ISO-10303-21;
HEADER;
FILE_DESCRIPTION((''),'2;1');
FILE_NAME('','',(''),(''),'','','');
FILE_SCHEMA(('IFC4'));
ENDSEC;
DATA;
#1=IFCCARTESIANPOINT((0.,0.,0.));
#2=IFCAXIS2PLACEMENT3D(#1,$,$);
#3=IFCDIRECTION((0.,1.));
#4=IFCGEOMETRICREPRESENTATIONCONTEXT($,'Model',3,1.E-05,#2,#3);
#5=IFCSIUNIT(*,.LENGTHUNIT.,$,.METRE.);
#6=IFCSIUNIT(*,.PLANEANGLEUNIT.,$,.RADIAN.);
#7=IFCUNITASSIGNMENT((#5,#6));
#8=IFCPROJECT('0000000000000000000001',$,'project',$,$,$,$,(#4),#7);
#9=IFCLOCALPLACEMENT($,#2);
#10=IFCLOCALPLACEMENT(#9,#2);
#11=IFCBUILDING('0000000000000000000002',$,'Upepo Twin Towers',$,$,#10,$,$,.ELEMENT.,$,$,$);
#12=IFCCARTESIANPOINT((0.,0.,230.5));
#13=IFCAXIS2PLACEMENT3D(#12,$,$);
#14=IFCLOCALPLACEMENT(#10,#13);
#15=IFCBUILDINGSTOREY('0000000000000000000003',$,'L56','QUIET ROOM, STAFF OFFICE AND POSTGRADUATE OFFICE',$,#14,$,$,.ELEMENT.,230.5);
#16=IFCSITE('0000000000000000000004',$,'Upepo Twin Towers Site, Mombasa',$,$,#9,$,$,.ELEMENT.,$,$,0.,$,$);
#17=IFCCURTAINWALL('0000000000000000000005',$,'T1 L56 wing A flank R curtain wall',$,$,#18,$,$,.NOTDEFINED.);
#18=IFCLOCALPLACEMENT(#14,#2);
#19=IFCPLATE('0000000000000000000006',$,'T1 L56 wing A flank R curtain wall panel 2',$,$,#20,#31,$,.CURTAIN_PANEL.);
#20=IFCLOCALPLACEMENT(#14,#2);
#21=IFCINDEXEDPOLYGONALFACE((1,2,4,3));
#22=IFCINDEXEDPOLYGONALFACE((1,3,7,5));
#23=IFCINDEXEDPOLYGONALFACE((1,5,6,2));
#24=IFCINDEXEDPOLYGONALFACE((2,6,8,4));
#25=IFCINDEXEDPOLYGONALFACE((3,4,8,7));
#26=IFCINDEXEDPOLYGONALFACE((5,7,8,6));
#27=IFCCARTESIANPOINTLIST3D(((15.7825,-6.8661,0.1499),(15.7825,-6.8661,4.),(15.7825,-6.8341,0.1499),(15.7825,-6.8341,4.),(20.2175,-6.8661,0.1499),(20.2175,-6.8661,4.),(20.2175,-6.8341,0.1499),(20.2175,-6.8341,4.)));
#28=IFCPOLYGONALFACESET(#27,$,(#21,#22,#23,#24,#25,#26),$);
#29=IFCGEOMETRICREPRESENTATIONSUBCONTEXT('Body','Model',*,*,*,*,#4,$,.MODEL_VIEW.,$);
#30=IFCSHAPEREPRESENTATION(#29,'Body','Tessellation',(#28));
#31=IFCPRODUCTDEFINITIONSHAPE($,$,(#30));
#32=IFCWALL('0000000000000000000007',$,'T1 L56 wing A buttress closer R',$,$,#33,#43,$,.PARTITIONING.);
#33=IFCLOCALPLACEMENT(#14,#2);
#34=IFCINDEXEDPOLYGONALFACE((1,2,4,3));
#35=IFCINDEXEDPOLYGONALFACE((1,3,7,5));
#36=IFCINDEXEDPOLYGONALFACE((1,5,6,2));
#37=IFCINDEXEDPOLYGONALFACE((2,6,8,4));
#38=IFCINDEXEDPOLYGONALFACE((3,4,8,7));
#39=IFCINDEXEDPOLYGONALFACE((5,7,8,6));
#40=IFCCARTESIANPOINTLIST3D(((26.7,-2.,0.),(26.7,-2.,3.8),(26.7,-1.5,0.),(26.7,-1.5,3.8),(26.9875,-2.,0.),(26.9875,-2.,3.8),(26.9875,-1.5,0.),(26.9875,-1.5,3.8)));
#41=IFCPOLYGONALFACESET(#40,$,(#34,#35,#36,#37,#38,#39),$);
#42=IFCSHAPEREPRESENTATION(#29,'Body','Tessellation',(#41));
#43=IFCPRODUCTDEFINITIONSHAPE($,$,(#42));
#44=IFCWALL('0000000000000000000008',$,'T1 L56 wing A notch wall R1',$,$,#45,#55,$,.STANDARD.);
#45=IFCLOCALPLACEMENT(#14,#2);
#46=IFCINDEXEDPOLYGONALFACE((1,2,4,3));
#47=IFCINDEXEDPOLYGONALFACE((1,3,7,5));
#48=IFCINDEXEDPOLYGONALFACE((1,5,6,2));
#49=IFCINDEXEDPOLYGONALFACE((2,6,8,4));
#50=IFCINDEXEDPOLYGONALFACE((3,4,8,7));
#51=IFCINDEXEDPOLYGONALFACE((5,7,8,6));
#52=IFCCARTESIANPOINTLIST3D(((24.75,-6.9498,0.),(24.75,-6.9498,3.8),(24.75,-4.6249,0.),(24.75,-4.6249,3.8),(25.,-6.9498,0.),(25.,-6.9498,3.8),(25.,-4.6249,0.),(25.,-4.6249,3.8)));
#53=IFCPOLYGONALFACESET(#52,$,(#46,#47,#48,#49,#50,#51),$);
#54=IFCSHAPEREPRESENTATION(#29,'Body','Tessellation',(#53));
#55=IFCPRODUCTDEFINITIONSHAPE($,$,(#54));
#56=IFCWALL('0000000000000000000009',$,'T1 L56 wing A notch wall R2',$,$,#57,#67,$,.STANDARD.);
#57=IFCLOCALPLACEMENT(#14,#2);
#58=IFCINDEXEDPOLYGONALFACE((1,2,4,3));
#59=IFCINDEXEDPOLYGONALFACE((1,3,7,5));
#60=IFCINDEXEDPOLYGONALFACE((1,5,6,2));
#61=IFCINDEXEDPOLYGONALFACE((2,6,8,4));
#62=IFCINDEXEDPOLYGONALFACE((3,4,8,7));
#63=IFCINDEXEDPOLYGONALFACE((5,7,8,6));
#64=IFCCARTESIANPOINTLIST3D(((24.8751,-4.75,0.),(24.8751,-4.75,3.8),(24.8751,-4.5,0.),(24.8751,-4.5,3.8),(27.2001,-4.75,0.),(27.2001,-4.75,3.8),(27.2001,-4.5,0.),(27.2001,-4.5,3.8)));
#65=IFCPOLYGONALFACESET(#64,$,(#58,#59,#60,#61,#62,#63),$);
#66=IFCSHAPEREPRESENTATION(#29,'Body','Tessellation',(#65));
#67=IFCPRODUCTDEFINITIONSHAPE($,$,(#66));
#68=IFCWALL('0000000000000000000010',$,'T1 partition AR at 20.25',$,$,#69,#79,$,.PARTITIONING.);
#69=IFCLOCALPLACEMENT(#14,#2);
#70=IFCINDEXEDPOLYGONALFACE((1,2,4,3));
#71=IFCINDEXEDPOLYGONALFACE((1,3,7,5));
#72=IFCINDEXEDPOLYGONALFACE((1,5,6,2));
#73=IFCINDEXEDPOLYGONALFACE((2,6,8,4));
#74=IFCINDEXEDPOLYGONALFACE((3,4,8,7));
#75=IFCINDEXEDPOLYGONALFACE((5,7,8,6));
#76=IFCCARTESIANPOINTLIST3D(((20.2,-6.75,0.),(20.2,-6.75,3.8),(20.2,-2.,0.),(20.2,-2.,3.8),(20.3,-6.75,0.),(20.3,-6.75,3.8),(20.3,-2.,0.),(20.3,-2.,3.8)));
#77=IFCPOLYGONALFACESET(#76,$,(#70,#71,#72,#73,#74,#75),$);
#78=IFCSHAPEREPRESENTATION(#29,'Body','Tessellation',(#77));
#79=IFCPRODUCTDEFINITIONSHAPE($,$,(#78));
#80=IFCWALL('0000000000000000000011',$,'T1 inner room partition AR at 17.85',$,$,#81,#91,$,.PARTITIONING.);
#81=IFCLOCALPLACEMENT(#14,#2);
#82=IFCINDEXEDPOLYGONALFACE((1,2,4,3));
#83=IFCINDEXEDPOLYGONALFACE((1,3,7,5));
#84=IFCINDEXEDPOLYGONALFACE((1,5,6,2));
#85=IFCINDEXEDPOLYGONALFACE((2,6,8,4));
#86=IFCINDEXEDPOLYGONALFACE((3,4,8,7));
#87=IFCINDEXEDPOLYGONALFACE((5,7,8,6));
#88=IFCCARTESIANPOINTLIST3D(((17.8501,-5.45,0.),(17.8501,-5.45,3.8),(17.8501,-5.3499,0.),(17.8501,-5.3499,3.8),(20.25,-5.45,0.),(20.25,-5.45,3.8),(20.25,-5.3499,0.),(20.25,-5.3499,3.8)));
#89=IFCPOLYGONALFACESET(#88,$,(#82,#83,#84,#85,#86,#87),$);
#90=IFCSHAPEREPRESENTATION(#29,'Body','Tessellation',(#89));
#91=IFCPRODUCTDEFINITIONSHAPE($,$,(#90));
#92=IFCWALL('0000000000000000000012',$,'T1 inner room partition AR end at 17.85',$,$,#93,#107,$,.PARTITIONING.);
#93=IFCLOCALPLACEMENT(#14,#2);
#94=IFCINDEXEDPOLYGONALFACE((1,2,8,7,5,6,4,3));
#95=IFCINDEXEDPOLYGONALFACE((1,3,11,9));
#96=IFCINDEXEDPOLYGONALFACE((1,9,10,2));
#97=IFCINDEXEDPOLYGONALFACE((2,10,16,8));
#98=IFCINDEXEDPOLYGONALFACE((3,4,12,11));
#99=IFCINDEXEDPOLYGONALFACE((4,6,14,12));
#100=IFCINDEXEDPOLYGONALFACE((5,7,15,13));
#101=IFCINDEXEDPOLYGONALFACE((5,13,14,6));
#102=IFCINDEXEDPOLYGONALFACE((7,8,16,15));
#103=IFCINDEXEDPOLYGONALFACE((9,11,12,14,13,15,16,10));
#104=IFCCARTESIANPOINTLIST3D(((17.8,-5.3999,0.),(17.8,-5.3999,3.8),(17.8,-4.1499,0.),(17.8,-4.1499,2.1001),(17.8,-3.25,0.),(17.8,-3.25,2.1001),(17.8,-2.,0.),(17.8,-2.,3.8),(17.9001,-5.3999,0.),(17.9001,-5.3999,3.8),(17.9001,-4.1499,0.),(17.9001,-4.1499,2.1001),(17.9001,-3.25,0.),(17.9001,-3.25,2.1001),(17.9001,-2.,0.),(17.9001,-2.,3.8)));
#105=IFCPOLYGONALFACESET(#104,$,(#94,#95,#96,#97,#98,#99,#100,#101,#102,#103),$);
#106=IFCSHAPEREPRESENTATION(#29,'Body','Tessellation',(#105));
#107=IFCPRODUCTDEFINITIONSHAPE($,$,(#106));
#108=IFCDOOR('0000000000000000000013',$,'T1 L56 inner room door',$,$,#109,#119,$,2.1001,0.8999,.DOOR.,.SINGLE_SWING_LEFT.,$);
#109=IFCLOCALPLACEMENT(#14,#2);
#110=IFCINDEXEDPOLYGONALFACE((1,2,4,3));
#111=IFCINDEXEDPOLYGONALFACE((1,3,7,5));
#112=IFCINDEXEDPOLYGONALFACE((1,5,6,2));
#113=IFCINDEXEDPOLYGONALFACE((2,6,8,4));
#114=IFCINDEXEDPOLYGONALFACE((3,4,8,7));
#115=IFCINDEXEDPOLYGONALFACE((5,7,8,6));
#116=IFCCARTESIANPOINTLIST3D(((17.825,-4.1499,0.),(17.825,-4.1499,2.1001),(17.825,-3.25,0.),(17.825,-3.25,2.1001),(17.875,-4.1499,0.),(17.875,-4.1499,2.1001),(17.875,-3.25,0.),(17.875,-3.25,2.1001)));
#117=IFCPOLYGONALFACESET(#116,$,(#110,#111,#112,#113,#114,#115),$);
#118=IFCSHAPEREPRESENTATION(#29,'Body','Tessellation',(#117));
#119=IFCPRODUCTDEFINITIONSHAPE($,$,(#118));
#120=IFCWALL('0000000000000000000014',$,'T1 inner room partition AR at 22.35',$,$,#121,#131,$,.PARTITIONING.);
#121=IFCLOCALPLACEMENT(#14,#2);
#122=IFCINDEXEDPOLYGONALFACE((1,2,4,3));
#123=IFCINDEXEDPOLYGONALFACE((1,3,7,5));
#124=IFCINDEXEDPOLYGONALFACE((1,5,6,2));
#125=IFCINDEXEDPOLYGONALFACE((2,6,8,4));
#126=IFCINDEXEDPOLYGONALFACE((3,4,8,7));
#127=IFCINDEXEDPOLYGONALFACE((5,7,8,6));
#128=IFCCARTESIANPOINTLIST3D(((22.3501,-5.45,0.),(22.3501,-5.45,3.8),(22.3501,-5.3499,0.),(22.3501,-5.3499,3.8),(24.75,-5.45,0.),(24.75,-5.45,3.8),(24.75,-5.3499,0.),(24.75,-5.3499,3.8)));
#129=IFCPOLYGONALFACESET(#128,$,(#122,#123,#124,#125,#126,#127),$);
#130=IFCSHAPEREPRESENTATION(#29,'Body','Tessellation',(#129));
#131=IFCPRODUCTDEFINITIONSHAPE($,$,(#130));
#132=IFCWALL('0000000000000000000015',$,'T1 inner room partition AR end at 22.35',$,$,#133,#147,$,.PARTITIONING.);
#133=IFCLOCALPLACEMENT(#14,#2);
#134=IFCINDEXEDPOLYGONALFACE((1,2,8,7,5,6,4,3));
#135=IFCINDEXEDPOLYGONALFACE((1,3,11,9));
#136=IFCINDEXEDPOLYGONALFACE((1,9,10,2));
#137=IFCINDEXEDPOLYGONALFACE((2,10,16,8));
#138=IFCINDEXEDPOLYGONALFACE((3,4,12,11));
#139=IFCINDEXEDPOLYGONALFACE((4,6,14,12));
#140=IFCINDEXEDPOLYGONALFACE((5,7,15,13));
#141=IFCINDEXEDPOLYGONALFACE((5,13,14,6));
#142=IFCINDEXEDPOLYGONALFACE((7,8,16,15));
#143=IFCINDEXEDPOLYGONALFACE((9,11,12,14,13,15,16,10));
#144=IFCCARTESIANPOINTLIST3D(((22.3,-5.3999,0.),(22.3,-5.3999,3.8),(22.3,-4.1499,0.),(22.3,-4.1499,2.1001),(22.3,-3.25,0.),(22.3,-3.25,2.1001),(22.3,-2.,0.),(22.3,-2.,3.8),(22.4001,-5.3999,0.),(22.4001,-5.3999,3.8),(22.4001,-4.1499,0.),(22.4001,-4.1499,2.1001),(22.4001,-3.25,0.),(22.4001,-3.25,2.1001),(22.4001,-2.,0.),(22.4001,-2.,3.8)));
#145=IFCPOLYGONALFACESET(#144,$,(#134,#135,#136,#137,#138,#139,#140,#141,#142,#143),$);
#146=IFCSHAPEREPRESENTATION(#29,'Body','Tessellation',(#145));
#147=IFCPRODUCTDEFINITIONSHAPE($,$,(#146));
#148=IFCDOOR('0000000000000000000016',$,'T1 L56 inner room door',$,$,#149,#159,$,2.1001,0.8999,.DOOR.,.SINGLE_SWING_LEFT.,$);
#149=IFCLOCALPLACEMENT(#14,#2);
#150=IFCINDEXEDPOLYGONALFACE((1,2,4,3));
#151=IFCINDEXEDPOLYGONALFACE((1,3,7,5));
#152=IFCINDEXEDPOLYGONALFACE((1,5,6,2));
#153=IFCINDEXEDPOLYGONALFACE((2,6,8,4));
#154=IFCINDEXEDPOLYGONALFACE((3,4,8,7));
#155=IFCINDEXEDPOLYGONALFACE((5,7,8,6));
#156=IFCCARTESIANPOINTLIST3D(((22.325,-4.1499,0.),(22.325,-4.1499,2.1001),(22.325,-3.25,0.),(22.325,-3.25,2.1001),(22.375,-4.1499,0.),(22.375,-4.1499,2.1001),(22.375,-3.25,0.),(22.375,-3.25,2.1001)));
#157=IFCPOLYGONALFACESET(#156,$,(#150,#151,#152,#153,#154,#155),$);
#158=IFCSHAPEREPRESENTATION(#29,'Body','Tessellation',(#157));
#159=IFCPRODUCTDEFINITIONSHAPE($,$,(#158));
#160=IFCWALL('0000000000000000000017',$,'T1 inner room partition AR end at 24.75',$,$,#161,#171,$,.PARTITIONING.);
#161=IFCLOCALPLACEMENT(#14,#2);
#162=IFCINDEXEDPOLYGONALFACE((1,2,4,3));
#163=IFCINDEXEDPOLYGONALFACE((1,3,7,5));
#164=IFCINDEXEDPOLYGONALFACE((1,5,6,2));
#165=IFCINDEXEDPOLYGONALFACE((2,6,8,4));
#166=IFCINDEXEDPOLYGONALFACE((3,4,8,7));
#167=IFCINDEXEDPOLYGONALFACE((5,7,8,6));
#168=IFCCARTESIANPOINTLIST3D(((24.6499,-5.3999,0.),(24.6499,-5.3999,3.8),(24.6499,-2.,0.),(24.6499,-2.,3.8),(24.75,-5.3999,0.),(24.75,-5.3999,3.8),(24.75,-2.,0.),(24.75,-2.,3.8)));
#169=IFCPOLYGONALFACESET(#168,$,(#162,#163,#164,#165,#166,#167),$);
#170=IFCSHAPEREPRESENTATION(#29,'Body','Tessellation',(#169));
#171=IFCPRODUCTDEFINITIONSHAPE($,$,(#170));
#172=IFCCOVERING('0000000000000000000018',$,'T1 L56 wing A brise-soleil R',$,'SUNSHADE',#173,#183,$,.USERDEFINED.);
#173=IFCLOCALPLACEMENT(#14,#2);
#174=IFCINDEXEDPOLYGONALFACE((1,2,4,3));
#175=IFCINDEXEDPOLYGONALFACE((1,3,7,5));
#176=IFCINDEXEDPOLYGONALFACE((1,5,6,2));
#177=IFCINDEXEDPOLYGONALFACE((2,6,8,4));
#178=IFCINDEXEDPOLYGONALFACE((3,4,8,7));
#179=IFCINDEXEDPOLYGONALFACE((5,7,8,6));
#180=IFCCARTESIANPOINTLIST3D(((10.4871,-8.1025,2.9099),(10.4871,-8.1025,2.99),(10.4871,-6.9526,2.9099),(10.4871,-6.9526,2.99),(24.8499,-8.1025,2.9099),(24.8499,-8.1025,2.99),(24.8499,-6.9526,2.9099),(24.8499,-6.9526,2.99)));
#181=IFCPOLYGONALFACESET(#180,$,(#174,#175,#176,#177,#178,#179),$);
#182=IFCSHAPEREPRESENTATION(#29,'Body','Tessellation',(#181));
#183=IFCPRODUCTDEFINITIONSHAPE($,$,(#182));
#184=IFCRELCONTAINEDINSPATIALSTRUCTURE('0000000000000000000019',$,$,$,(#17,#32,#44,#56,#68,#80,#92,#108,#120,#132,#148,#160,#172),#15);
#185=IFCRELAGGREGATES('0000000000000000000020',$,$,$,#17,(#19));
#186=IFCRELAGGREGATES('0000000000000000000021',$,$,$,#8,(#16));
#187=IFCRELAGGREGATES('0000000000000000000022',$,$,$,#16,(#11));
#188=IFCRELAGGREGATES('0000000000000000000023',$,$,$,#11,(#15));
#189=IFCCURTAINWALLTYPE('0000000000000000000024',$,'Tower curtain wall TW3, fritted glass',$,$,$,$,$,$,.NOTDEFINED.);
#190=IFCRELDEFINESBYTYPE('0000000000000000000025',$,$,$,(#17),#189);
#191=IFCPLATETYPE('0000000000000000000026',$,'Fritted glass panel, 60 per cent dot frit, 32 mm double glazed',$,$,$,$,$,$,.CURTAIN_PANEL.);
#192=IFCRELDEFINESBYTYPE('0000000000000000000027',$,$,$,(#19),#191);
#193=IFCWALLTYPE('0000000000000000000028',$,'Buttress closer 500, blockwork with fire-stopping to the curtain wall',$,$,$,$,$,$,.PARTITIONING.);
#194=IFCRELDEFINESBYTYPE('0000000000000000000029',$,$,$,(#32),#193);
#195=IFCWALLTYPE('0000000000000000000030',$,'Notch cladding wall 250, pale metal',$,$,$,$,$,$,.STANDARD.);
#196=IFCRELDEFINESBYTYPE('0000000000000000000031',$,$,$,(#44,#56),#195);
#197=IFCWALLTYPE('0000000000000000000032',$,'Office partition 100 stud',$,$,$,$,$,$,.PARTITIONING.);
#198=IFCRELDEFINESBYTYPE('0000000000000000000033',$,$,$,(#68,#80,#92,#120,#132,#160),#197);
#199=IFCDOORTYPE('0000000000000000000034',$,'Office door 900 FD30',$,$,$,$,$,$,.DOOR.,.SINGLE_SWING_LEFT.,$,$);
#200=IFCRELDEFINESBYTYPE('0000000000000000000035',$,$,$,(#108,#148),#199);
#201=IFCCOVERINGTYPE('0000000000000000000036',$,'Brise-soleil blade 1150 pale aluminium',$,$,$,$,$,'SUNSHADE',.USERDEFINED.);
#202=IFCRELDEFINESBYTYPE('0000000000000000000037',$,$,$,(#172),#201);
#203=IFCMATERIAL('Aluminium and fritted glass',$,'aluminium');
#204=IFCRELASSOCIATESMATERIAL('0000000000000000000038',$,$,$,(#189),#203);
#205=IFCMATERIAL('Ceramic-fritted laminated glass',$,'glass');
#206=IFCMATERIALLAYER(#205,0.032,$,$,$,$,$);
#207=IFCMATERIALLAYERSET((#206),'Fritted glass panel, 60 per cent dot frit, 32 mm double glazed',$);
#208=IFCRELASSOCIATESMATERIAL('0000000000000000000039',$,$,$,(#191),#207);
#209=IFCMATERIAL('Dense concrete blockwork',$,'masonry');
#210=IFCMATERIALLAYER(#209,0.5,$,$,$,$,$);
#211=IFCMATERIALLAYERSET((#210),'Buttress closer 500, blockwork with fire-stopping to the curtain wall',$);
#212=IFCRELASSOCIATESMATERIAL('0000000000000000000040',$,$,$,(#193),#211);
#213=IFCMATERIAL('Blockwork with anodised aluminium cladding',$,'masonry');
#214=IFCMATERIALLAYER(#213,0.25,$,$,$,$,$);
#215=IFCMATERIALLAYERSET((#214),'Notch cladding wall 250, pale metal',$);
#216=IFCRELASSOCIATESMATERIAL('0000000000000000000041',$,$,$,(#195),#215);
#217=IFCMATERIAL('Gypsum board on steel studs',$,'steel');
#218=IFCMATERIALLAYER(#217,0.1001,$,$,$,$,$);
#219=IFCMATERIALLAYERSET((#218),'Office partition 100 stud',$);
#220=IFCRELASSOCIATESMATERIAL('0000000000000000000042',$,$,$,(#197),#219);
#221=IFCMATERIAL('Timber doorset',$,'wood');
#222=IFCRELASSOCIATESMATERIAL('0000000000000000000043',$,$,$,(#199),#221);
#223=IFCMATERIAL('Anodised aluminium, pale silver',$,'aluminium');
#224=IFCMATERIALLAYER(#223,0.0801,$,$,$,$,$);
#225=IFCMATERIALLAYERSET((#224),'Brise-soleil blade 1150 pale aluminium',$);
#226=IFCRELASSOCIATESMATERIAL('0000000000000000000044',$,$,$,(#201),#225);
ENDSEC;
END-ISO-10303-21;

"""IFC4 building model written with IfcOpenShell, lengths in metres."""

from ifc_helpers import new_model, si_unit, direction, frame, frame_2d, origin, origin_2d, place, context, subcontext, project, spatial, rectangle, extrude, material, layer, layer_set, type_object, element, fill, aggregate, save


model = new_model("IFC4")

# Units and contexts
model_context = context("Model", 3, precision=1e-05, world=origin(), true_north=direction((0.0, 1.0)))
body_context = subcontext(model_context, "Body", "Model", "MODEL_VIEW")
ifc_project = project(units=[si_unit("LENGTHUNIT", "METRE"), si_unit("PLANEANGLEUNIT", "RADIAN")], contexts=[model_context])

# Site, building, storey
site_placement = place(None, origin())
site = spatial("IfcSite", under=ifc_project, at=site_placement, Name="Upepo Twin Towers Site, Mombasa", CompositionType="ELEMENT", RefElevation=0.0)
building_placement = place(site_placement, origin())
building = spatial("IfcBuilding", under=site, at=building_placement, Name="Upepo Twin Towers", CompositionType="ELEMENT")
storey_placement = place(building_placement, frame((0.0, 0.0, 230.5)))
storey = spatial("IfcBuildingStorey", under=building, at=storey_placement, Name="L56", Description="QUIET ROOM, STAFF OFFICE AND POSTGRADUATE OFFICE", CompositionType="ELEMENT", Elevation=230.5)

# Curtain wall
ifc_material_1 = material(Name="Aluminium and fritted glass", Category="aluminium")
curtain_wall_type = type_object("IfcCurtainWallType", Name="Tower curtain wall TW3, fritted glass", PredefinedType="NOTDEFINED", material=ifc_material_1)
curtain_wall_1_placement = place(storey_placement, origin())
curtain_wall_1 = element("IfcCurtainWall", 1, at=curtain_wall_1_placement, inside=storey, type_object=curtain_wall_type, Name="T1 L56 wing A flank R curtain wall", PredefinedType="NOTDEFINED")

# Plate
ifc_material_2 = material(Name="Ceramic-fritted laminated glass", Category="glass")
ifc_layer_1 = layer(ifc_material_2, 0.032)
ifc_layer_set_1 = layer_set([ifc_layer_1], Name="Fritted glass panel, 60 per cent dot frit, 32 mm double glazed")
plate_type = type_object("IfcPlateType", Name="Fritted glass panel, 60 per cent dot frit, 32 mm double glazed", PredefinedType="CURTAIN_PANEL", material=ifc_layer_set_1)
plate_1_placement = place(storey_placement, frame((18.0, -6.8501, 0.1499), z_axis=(0.0, 0.0, 1.0), x_axis=(-1.0, 0.0, 0.0)))
plate_1 = element("IfcPlate", 2, at=plate_1_placement, type_object=plate_type, Name="T1 L56 wing A flank R curtain wall panel 2", PredefinedType="CURTAIN_PANEL", context=body_context, shape_type="SweptSolid", body=[
    extrude(rectangle(XDim=4.4351, YDim=0.032, at=origin_2d()), origin(), (0.0, 0.0, 1.0), 3.8501),
])
aggregate(curtain_wall_1, [plate_1])

# Walls
ifc_material_3 = material(Name="Dense concrete blockwork", Category="masonry")
ifc_layer_2 = layer(ifc_material_3, 0.5)
ifc_layer_set_2 = layer_set([ifc_layer_2], Name="Buttress closer 500, blockwork with fire-stopping to the curtain wall")
wall_type_1 = type_object("IfcWallType", Name="Buttress closer 500, blockwork with fire-stopping to the curtain wall", PredefinedType="PARTITIONING", material=ifc_layer_set_2)
wall_1_placement = place(storey_placement, frame((26.7, -1.75, 0.0), z_axis=(0.0, 0.0, 1.0), x_axis=(1.0, 0.0, 0.0)))
element("IfcWall", 3, at=wall_1_placement, inside=storey, type_object=wall_type_1, Name="T1 L56 wing A buttress closer R", PredefinedType="PARTITIONING", context=body_context, shape_type="SweptSolid", body=[
    extrude(rectangle(XDim=0.2876, YDim=0.5, at=frame_2d((0.1438, 0.0))), origin(), (0.0, 0.0, 1.0), 3.8),
])
ifc_material_4 = material(Name="Blockwork with anodised aluminium cladding", Category="masonry")
ifc_layer_3 = layer(ifc_material_4, 0.25)
ifc_layer_set_3 = layer_set([ifc_layer_3], Name="Notch cladding wall 250, pale metal")
wall_type_2 = type_object("IfcWallType", Name="Notch cladding wall 250, pale metal", PredefinedType="STANDARD", material=ifc_layer_set_3)
for number, where, z_axis, x_axis, name in (
    (4, (24.875, -6.95, 0.0), (0.0, 0.0, 1.0), (0.0, 1.0, 0.0), "T1 L56 wing A notch wall R1"),
    (5, (24.875, -4.625, 0.0), (0.0, 0.0, 1.0), (1.0, 0.0, 0.0), "T1 L56 wing A notch wall R2"),
):
    element("IfcWall", number, at=place(storey_placement, frame(where, z_axis=z_axis, x_axis=x_axis)), inside=storey, type_object=wall_type_2, Name=name, PredefinedType="STANDARD", context=body_context, shape_type="SweptSolid", body=[
        extrude(rectangle(XDim=2.325, YDim=0.25, at=frame_2d((1.1626, 0.0))), origin(), (0.0, 0.0, 1.0), 3.8),
    ])
ifc_material_5 = material(Name="Gypsum board on steel studs", Category="steel")
ifc_layer_4 = layer(ifc_material_5, 0.1001)
ifc_layer_set_4 = layer_set([ifc_layer_4], Name="Office partition 100 stud")
wall_type_3 = type_object("IfcWallType", Name="Office partition 100 stud", PredefinedType="PARTITIONING", material=ifc_layer_set_4)
wall_2_placement = place(storey_placement, frame((20.25, -2.0, 0.0), z_axis=(0.0, 0.0, 1.0), x_axis=(0.0, -1.0, 0.0)))
element("IfcWall", 6, at=wall_2_placement, inside=storey, type_object=wall_type_3, Name="T1 partition AR at 20.25", PredefinedType="PARTITIONING", context=body_context, shape_type="SweptSolid", body=[
    extrude(rectangle(XDim=4.75, YDim=0.1001, at=frame_2d((2.375, 0.0))), origin(), (0.0, 0.0, 1.0), 3.8),
])
wall_3_placement = place(storey_placement, frame((17.8501, -5.3999, 0.0), z_axis=(0.0, 0.0, 1.0), x_axis=(1.0, 0.0, 0.0)))
element("IfcWall", 7, at=wall_3_placement, inside=storey, type_object=wall_type_3, Name="T1 inner room partition AR at 17.85", PredefinedType="PARTITIONING", context=body_context, shape_type="SweptSolid", body=[
    extrude(rectangle(XDim=2.3999, YDim=0.1001, at=frame_2d((1.2, 0.0))), origin(), (0.0, 0.0, 1.0), 3.8),
])

# Wall, opening, door
wall_4_placement = place(storey_placement, frame((17.8501, -2.0, 0.0), z_axis=(0.0, 0.0, 1.0), x_axis=(0.0, -1.0, 0.0)))
wall_4 = element("IfcWall", 8, at=wall_4_placement, inside=storey, type_object=wall_type_3, Name="T1 inner room partition AR end at 17.85", PredefinedType="PARTITIONING", context=body_context, shape_type="SweptSolid", body=[
    extrude(rectangle(XDim=3.3999, YDim=0.1001, at=frame_2d((1.7, 0.0))), origin(), (0.0, 0.0, 1.0), 3.8),
])
opening_1_placement = place(wall_4_placement, frame((1.25, 0.0, 0.0)))
opening_1 = element("IfcOpeningElement", 9, at=opening_1_placement, cuts=wall_4, PredefinedType="OPENING", context=body_context, shape_type="SweptSolid", body=[
    extrude(rectangle(XDim=0.8999, YDim=2.1001, at=frame_2d((0.45, 1.05))), frame((0.0, 0.0601, 0.0), z_axis=(0.0, -1.0, 0.0), x_axis=(1.0, 0.0, 0.0)), (0.0, 0.0, 1.0), 0.1201),
])
ifc_material_6 = material(Name="Timber doorset", Category="wood")
door_type = type_object("IfcDoorType", Name="Office door 900 FD30", OperationType="SINGLE_SWING_LEFT", PredefinedType="DOOR", material=ifc_material_6)
door_1_placement = place(opening_1_placement, origin())
door_1 = element("IfcDoor", 10, at=door_1_placement, inside=storey, type_object=door_type, Name="T1 L56 inner room door", OperationType="SINGLE_SWING_LEFT", OverallHeight=2.1001, OverallWidth=0.8999, PredefinedType="DOOR", context=body_context, shape_type="SweptSolid", body=[
    extrude(rectangle(XDim=0.8999, YDim=2.1001, at=frame_2d((0.45, 1.05))), frame((0.0, 0.0249, 0.0), z_axis=(0.0, -1.0, 0.0), x_axis=(1.0, 0.0, 0.0)), (0.0, 0.0, 1.0), 0.05),
])
fill(opening_1, door_1)

# Wall
wall_5_placement = place(storey_placement, frame((22.3501, -5.3999, 0.0), z_axis=(0.0, 0.0, 1.0), x_axis=(1.0, 0.0, 0.0)))
element("IfcWall", 11, at=wall_5_placement, inside=storey, type_object=wall_type_3, Name="T1 inner room partition AR at 22.35", PredefinedType="PARTITIONING", context=body_context, shape_type="SweptSolid", body=[
    extrude(rectangle(XDim=2.3999, YDim=0.1001, at=frame_2d((1.2, 0.0))), origin(), (0.0, 0.0, 1.0), 3.8),
])

# Wall, opening, door
wall_6_placement = place(storey_placement, frame((22.3501, -2.0, 0.0), z_axis=(0.0, 0.0, 1.0), x_axis=(0.0, -1.0, 0.0)))
wall_6 = element("IfcWall", 12, at=wall_6_placement, inside=storey, type_object=wall_type_3, Name="T1 inner room partition AR end at 22.35", PredefinedType="PARTITIONING", context=body_context, shape_type="SweptSolid", body=[
    extrude(rectangle(XDim=3.3999, YDim=0.1001, at=frame_2d((1.7, 0.0))), origin(), (0.0, 0.0, 1.0), 3.8),
])
opening_2_placement = place(wall_6_placement, frame((1.25, 0.0, 0.0)))
opening_2 = element("IfcOpeningElement", 13, at=opening_2_placement, cuts=wall_6, PredefinedType="OPENING", context=body_context, shape_type="SweptSolid", body=[
    extrude(rectangle(XDim=0.8999, YDim=2.1001, at=frame_2d((0.45, 1.05))), frame((0.0, 0.0601, 0.0), z_axis=(0.0, -1.0, 0.0), x_axis=(1.0, 0.0, 0.0)), (0.0, 0.0, 1.0), 0.1201),
])
door_2_placement = place(opening_2_placement, origin())
door_2 = element("IfcDoor", 14, at=door_2_placement, inside=storey, type_object=door_type, Name="T1 L56 inner room door", OperationType="SINGLE_SWING_LEFT", OverallHeight=2.1001, OverallWidth=0.8999, PredefinedType="DOOR", context=body_context, shape_type="SweptSolid", body=[
    extrude(rectangle(XDim=0.8999, YDim=2.1001, at=frame_2d((0.45, 1.05))), frame((0.0, 0.0249, 0.0), z_axis=(0.0, -1.0, 0.0), x_axis=(1.0, 0.0, 0.0)), (0.0, 0.0, 1.0), 0.05),
])
fill(opening_2, door_2)

# Wall
wall_7_placement = place(storey_placement, frame((24.7, -2.0, 0.0), z_axis=(0.0, 0.0, 1.0), x_axis=(0.0, -1.0, 0.0)))
element("IfcWall", 15, at=wall_7_placement, inside=storey, type_object=wall_type_3, Name="T1 inner room partition AR end at 24.75", PredefinedType="PARTITIONING", context=body_context, shape_type="SweptSolid", body=[
    extrude(rectangle(XDim=3.3999, YDim=0.1001, at=frame_2d((1.7, 0.0))), origin(), (0.0, 0.0, 1.0), 3.8),
])

# Covering
ifc_material_7 = material(Name="Anodised aluminium, pale silver", Category="aluminium")
ifc_layer_5 = layer(ifc_material_7, 0.0801)
ifc_layer_set_5 = layer_set([ifc_layer_5], Name="Brise-soleil blade 1150 pale aluminium")
covering_type = type_object("IfcCoveringType", Name="Brise-soleil blade 1150 pale aluminium", ElementType="SUNSHADE", PredefinedType="USERDEFINED", material=ifc_layer_set_5)
covering_placement = place(storey_placement, frame((17.6685, -7.5276, 2.9099), z_axis=(0.0, 0.0, 1.0), x_axis=(1.0, 0.0, 0.0)))
element("IfcCovering", 16, at=covering_placement, inside=storey, type_object=covering_type, Name="T1 L56 wing A brise-soleil R", ObjectType="SUNSHADE", PredefinedType="USERDEFINED", context=body_context, shape_type="SweptSolid", body=[
    extrude(rectangle(XDim=14.3628, YDim=1.1499, at=origin_2d()), origin(), (0.0, 0.0, 1.0), 0.0801),
])

save(model, "model.ifc")
